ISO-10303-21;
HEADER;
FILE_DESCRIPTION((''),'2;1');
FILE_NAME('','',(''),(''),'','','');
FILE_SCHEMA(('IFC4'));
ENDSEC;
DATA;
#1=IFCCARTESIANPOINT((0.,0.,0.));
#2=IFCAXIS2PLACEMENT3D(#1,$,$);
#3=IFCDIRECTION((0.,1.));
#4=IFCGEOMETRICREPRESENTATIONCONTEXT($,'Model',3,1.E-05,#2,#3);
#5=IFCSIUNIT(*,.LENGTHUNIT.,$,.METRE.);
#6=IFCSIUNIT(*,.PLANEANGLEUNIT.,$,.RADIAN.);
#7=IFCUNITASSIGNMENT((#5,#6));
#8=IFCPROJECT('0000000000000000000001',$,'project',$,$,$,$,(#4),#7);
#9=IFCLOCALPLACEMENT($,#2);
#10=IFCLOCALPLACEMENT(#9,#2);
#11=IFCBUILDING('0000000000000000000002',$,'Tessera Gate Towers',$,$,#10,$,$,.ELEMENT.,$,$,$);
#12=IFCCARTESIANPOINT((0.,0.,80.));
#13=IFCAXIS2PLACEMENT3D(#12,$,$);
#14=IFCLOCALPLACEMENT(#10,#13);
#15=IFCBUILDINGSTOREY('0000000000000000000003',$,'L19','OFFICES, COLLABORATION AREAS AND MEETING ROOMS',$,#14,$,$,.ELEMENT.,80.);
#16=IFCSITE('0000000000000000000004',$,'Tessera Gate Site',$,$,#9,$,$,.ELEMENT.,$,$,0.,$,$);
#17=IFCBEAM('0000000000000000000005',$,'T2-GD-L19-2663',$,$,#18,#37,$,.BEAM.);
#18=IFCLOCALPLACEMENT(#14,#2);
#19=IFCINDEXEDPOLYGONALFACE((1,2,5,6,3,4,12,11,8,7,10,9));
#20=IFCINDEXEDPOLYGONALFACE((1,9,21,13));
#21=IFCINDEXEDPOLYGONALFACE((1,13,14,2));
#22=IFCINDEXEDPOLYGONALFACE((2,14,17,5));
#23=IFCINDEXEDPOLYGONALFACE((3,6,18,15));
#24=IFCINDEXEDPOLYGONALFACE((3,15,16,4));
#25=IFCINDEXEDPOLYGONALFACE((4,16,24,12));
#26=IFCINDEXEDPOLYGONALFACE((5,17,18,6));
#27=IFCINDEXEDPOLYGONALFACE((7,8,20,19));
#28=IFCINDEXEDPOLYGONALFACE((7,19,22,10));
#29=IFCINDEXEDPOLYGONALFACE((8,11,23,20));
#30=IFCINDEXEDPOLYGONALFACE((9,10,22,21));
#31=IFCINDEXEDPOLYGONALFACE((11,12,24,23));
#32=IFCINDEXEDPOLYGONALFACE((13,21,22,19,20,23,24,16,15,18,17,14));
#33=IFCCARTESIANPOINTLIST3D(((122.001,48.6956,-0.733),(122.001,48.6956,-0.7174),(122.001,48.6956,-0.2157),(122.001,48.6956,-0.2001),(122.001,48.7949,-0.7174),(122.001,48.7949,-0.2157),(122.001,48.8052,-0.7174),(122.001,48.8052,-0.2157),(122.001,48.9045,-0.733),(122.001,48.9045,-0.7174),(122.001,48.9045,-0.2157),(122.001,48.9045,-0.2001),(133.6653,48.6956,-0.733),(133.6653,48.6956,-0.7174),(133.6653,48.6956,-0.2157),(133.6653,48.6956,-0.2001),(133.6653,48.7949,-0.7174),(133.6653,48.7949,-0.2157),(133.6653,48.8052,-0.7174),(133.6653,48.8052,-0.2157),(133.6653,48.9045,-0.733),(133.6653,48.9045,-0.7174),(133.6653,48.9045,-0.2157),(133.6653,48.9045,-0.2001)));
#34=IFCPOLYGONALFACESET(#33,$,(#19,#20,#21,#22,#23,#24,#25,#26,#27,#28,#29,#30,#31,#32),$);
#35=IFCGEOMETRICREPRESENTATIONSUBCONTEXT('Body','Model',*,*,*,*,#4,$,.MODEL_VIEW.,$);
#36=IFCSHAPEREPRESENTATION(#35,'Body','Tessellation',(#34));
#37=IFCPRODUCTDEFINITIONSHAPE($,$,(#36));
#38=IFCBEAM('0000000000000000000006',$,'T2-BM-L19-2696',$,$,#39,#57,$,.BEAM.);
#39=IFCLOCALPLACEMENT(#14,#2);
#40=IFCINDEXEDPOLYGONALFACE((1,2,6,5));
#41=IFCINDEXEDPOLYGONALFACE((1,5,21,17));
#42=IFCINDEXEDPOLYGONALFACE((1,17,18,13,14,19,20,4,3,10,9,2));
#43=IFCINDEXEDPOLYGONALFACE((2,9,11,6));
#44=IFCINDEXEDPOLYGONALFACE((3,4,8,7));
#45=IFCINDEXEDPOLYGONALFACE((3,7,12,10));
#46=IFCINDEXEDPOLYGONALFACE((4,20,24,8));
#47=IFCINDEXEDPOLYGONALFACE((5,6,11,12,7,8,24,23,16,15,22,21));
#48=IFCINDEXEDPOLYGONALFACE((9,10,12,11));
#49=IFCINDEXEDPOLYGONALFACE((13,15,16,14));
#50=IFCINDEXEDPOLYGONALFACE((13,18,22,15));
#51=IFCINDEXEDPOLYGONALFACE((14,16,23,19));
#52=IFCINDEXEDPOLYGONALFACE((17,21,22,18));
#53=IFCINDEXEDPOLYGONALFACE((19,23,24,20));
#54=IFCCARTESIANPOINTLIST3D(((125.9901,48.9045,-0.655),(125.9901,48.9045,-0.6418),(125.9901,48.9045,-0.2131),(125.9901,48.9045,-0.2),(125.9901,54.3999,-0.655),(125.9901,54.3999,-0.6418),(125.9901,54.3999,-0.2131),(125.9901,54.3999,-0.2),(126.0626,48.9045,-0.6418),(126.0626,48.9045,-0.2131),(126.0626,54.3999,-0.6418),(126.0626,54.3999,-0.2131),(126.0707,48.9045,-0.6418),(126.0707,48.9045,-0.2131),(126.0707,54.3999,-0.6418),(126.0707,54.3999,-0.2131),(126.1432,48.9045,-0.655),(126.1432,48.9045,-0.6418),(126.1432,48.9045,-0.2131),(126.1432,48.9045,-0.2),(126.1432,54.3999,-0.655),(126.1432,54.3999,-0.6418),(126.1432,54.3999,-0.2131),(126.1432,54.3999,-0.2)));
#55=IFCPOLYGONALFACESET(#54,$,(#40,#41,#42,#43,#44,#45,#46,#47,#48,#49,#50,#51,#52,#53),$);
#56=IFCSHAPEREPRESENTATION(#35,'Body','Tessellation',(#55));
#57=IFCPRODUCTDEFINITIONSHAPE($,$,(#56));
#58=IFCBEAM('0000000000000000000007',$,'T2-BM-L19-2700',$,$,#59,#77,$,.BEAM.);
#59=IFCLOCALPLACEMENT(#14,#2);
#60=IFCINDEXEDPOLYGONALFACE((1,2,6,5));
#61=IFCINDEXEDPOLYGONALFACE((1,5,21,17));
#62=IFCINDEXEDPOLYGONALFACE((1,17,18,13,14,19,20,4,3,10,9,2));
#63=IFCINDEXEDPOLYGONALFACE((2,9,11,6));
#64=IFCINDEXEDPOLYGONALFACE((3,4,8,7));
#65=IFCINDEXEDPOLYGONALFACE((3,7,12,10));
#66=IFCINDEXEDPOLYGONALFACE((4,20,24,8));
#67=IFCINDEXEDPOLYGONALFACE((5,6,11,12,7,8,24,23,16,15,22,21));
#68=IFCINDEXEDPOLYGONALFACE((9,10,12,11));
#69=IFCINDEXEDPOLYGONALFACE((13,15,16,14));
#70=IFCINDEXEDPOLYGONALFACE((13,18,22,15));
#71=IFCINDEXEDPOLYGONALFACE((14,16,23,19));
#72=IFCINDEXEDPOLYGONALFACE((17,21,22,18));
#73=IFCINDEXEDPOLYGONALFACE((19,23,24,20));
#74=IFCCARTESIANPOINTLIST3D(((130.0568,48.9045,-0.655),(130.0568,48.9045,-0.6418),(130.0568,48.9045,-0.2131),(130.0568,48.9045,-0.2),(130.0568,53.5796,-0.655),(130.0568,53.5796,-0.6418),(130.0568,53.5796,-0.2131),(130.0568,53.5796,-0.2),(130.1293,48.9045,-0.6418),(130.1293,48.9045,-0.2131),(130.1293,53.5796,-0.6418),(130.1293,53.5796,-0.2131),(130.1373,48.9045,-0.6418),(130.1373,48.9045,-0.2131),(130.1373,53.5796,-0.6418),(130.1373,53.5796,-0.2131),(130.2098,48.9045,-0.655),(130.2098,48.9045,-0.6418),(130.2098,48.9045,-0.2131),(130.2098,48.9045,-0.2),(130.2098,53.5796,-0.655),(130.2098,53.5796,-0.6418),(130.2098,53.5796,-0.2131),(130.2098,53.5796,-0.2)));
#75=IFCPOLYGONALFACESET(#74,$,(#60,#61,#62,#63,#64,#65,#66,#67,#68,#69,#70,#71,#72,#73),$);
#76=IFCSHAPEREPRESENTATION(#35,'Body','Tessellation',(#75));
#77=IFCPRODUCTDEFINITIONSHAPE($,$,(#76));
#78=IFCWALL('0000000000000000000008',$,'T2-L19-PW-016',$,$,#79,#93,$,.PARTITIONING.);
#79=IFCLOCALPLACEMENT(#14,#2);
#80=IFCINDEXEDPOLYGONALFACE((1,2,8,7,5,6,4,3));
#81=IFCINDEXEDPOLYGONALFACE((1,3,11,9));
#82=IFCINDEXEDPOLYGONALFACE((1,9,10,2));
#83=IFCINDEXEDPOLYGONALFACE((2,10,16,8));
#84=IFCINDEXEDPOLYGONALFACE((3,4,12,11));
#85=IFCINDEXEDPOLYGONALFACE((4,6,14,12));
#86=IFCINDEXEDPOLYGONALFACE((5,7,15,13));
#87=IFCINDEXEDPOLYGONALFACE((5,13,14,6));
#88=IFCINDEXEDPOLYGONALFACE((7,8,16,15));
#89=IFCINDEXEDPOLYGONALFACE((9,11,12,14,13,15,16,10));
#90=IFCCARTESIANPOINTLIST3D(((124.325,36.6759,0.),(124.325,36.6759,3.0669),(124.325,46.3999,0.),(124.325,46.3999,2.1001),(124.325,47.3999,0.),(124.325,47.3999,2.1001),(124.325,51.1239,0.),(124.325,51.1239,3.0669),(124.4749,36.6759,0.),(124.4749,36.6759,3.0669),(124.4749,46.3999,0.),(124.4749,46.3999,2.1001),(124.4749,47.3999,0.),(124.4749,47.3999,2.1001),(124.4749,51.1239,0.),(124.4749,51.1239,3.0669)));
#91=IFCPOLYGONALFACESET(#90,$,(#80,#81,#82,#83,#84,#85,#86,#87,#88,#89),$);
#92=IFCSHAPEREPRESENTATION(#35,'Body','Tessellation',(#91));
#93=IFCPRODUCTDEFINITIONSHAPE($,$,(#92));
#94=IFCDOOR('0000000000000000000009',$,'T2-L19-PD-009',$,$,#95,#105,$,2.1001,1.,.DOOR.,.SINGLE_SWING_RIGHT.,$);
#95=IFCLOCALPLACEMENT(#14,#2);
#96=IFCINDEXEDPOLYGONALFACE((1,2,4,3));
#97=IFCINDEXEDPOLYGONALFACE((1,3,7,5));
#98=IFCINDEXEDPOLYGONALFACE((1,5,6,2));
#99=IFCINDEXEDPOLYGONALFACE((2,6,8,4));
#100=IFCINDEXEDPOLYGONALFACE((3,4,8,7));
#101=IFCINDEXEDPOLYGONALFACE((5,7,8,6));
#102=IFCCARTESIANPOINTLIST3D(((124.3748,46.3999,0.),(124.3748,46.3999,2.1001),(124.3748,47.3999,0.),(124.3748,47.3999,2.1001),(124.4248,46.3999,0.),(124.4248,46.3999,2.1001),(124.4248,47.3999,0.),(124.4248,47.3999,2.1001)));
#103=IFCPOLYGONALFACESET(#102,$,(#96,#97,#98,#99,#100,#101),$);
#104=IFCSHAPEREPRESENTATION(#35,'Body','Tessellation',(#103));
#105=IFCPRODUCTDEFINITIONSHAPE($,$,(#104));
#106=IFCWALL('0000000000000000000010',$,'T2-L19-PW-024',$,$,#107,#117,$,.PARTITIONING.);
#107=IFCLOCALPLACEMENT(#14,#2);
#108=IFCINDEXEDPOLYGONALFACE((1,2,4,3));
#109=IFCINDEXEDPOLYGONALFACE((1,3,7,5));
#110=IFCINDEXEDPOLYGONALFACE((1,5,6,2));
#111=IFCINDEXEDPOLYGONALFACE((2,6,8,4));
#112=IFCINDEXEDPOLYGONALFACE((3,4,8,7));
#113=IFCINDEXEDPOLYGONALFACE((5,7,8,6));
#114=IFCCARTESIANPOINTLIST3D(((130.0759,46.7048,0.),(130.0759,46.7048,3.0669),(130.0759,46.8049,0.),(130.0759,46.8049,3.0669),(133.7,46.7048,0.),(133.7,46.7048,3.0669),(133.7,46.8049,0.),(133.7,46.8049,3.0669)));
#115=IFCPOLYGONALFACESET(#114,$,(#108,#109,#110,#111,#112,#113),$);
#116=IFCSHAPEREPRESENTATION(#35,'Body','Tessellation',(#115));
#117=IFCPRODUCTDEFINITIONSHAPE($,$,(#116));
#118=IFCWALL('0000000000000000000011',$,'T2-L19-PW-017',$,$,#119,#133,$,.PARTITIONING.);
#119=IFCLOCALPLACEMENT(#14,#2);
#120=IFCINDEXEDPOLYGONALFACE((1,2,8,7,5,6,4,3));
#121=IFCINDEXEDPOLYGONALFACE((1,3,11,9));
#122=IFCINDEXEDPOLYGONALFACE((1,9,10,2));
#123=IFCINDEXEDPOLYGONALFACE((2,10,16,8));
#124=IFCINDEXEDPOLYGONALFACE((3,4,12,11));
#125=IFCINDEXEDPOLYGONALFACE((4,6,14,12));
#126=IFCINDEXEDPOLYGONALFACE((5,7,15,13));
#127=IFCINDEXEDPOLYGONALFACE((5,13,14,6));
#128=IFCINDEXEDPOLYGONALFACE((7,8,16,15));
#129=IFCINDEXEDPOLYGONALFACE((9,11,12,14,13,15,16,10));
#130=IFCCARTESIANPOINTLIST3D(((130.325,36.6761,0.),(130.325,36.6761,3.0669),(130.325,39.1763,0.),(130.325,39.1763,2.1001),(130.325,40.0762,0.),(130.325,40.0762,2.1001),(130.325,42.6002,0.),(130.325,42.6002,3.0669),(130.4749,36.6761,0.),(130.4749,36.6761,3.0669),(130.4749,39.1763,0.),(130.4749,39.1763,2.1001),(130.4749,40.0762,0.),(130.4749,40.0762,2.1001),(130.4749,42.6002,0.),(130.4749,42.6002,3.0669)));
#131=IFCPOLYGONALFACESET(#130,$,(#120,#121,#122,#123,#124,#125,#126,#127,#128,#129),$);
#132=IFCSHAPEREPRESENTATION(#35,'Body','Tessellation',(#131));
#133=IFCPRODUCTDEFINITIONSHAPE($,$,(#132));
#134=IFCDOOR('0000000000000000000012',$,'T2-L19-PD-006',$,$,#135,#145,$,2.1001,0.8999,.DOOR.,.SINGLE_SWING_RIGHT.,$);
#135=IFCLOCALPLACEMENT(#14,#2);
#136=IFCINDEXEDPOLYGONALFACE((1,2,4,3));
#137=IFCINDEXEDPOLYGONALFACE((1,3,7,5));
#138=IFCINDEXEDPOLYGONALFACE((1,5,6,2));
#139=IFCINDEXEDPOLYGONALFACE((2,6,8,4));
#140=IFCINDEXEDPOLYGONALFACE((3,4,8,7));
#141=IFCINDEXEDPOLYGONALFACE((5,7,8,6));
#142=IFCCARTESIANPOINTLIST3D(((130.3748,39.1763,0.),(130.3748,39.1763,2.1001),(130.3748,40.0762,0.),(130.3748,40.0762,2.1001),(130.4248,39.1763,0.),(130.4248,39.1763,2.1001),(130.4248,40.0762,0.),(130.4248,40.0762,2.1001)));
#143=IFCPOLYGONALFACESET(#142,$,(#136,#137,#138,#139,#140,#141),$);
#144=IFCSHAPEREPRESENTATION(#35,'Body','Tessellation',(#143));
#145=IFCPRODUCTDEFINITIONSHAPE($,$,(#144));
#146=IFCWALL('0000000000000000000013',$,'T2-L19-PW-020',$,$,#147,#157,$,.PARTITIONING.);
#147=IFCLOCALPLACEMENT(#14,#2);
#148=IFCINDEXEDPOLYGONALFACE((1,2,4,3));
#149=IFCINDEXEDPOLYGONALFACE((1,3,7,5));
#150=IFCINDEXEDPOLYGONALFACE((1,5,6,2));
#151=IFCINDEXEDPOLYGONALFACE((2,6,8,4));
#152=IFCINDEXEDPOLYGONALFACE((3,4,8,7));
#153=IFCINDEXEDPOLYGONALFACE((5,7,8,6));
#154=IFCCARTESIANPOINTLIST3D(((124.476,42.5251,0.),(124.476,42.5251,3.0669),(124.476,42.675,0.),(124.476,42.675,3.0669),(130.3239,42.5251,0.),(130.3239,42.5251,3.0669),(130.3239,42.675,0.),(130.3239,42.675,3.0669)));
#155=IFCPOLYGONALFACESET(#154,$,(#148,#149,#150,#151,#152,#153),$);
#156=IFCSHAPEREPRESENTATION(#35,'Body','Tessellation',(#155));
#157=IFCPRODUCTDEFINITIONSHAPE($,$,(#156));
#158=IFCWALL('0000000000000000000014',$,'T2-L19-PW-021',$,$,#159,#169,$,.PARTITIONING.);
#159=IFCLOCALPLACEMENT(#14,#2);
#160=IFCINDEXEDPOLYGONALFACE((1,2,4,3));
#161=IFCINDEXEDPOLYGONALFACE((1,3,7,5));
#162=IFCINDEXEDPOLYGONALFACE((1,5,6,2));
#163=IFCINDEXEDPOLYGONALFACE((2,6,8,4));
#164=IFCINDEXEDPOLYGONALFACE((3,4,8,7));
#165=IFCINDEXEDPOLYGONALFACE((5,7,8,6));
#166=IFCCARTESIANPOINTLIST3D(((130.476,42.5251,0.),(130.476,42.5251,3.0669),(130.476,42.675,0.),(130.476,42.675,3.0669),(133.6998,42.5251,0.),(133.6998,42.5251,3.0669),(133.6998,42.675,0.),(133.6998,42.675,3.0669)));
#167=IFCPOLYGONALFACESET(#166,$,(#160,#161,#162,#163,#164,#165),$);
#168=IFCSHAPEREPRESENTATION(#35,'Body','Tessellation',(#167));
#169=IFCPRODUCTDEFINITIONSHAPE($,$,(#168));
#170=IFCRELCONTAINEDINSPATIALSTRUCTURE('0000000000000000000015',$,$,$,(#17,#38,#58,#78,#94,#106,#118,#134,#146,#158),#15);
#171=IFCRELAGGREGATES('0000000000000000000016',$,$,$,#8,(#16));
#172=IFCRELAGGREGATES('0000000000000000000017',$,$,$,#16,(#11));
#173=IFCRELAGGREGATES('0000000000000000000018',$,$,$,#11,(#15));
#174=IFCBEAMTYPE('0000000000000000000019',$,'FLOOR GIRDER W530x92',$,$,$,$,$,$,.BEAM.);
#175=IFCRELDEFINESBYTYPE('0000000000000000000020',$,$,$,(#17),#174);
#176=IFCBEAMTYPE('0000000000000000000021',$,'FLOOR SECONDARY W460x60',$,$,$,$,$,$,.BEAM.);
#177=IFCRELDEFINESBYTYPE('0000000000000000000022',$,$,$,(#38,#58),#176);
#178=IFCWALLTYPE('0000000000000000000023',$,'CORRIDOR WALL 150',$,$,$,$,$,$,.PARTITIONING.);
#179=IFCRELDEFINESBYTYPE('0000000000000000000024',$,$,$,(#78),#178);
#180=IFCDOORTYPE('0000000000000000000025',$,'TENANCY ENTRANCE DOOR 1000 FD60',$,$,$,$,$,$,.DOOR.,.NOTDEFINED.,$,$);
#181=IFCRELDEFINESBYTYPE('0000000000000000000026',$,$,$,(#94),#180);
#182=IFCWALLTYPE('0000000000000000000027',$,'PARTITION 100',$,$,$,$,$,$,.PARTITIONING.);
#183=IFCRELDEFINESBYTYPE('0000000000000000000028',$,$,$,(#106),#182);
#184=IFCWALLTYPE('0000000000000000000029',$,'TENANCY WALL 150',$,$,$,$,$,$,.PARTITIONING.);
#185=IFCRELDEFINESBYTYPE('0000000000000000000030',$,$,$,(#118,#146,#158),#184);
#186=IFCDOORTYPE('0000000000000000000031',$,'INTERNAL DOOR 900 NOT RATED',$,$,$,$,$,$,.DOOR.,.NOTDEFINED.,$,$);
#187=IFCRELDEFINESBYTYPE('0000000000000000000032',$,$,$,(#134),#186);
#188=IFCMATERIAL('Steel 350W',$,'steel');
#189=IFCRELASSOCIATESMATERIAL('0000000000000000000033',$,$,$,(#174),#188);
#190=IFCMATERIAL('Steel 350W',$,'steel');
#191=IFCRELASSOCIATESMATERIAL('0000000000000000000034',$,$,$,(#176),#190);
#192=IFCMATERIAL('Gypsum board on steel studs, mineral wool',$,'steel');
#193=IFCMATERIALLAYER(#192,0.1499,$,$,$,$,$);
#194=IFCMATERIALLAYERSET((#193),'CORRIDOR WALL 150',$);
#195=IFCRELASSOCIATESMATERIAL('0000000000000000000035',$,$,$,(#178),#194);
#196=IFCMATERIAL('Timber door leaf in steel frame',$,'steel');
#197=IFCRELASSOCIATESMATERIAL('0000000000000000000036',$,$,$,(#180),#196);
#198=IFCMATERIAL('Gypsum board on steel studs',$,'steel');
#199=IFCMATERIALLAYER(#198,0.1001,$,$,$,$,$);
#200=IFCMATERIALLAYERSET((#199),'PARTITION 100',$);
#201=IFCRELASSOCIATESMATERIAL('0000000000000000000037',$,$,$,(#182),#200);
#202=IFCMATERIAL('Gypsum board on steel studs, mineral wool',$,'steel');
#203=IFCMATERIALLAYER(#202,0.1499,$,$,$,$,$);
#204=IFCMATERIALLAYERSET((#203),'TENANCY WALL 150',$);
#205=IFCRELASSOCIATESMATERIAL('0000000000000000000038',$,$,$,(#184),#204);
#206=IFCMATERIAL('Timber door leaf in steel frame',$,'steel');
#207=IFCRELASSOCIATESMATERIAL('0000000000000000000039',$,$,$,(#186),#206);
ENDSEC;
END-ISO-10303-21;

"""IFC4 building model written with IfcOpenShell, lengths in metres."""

from ifc_helpers import new_model, si_unit, direction, frame, frame_2d, origin, origin_2d, place, context, subcontext, project, spatial, rectangle, i_section, extrude, source, transform, mapped, material, layer, layer_set, material_profile, profile_set, type_object, element, fill, save


model = new_model("IFC4")

# Units and contexts
model_context = context("Model", 3, precision=1e-05, world=origin(), true_north=direction((0.0, 1.0)))
body_context = subcontext(model_context, "Body", "Model", "MODEL_VIEW")
ifc_project = project(units=[si_unit("LENGTHUNIT", "METRE"), si_unit("PLANEANGLEUNIT", "RADIAN")], contexts=[model_context])

# Site, building, storey
site_placement = place(None, origin())
site = spatial("IfcSite", under=ifc_project, at=site_placement, Name="Tessera Gate Site", CompositionType="ELEMENT", RefElevation=0.0)
building_placement = place(site_placement, origin())
building = spatial("IfcBuilding", under=site, at=building_placement, Name="Tessera Gate Towers", CompositionType="ELEMENT")
storey_placement = place(building_placement, frame((0.0, 0.0, 80.0)))
storey = spatial("IfcBuildingStorey", under=building, at=storey_placement, Name="L19", Description="OFFICES, COLLABORATION AREAS AND MEETING ROOMS", CompositionType="ELEMENT", Elevation=80.0)

# Beams
ifc_material_1 = material(Name="Steel 350W", Category="steel")
ifc_material_profile_1 = material_profile(ifc_material_1, i_section(OverallWidth=0.209, OverallDepth=0.533, WebThickness=0.0103, FlangeThickness=0.0156, at=origin_2d()), Name="W530x92")
ifc_profile_set_1 = profile_set([ifc_material_profile_1], Name="Steel 350W")
beam_type_1 = type_object("IfcBeamType", Name="FLOOR GIRDER W530x92", PredefinedType="BEAM", material=ifc_profile_set_1)
beam_1_placement = place(storey_placement, frame((122.001, 48.8, -0.4666), z_axis=(1.0, 0.0, 0.0), x_axis=(0.0, 1.0, 0.0)))
element("IfcBeam", 1, at=beam_1_placement, inside=storey, type_object=beam_type_1, Name="T2-GD-L19-2663", PredefinedType="BEAM", context=body_context, shape_type="SweptSolid", body=[
    extrude(i_section(OverallWidth=0.209, OverallDepth=0.533, WebThickness=0.0103, FlangeThickness=0.0156, at=origin_2d()), origin(), (0.0, 0.0, 1.0), 11.6643),
])
ifc_material_2 = material(Name="Steel 350W", Category="steel")
ifc_material_profile_2 = material_profile(ifc_material_2, i_section(OverallWidth=0.1531, OverallDepth=0.4551, WebThickness=0.0081, FlangeThickness=0.0132, at=origin_2d()), Name="W460x60")
ifc_profile_set_2 = profile_set([ifc_material_profile_2], Name="Steel 350W")
beam_type_2 = type_object("IfcBeamType", Name="FLOOR SECONDARY W460x60", PredefinedType="BEAM", material=ifc_profile_set_2)
beam_2_placement = place(storey_placement, frame((126.0667, 48.9045, -0.4275), z_axis=(0.0, 1.0, 0.0), x_axis=(-1.0, 0.0, 0.0)))
element("IfcBeam", 2, at=beam_2_placement, inside=storey, type_object=beam_type_2, Name="T2-BM-L19-2696", PredefinedType="BEAM", context=body_context, shape_type="SweptSolid", body=[
    extrude(i_section(OverallWidth=0.1531, OverallDepth=0.4551, WebThickness=0.0081, FlangeThickness=0.0132, at=origin_2d()), origin(), (0.0, 0.0, 1.0), 5.4954),
])
beam_3_placement = place(storey_placement, frame((130.1333, 48.9045, -0.4275), z_axis=(0.0, 1.0, 0.0), x_axis=(-1.0, 0.0, 0.0)))
element("IfcBeam", 3, at=beam_3_placement, inside=storey, type_object=beam_type_2, Name="T2-BM-L19-2700", PredefinedType="BEAM", context=body_context, shape_type="SweptSolid", body=[
    extrude(i_section(OverallWidth=0.1531, OverallDepth=0.4551, WebThickness=0.0081, FlangeThickness=0.0132, at=origin_2d()), origin(), (0.0, 0.0, 1.0), 4.675),
])

# Wall, opening, door
ifc_material_3 = material(Name="Gypsum board on steel studs, mineral wool", Category="steel")
ifc_layer_1 = layer(ifc_material_3, 0.1499)
ifc_layer_set_1 = layer_set([ifc_layer_1], Name="CORRIDOR WALL 150")
wall_type_1 = type_object("IfcWallType", Name="CORRIDOR WALL 150", PredefinedType="PARTITIONING", material=ifc_layer_set_1)
wall_1_placement = place(storey_placement, frame((124.3999, 51.124, 0.0), z_axis=(0.0, 0.0, 1.0), x_axis=(0.0, -1.0, 0.0)))
wall_1 = element("IfcWall", 4, at=wall_1_placement, inside=storey, type_object=wall_type_1, Name="T2-L19-PW-016", PredefinedType="PARTITIONING", context=body_context, shape_type="SweptSolid", body=[
    extrude(rectangle(XDim=14.448, YDim=0.1499, at=frame_2d((7.2241, 0.0))), origin(), (0.0, 0.0, 1.0), 3.0669),
])
shared_shape_1 = source(origin(), body_context, "Body", "SweptSolid", [
    extrude(rectangle(XDim=1.0, YDim=2.1001, at=frame_2d((0.5, 1.05))), frame((0.0, 0.085, 0.0), z_axis=(0.0, -1.0, 0.0), x_axis=(1.0, 0.0, 0.0)), (0.0, 0.0, 1.0), 0.1699),
])
opening_1_placement = place(wall_1_placement, frame((3.7241, 0.0, 0.0)))
opening_1 = element("IfcOpeningElement", 5, at=opening_1_placement, cuts=wall_1, PredefinedType="OPENING", context=body_context, shape_type="MappedRepresentation", body=[
    mapped(shared_shape_1, transform((0.0, 0.0, 0.0), scale=1.0)),
])
ifc_material_4 = material(Name="Timber door leaf in steel frame", Category="steel")
door_type_1 = type_object("IfcDoorType", Name="TENANCY ENTRANCE DOOR 1000 FD60", OperationType="NOTDEFINED", PredefinedType="DOOR", material=ifc_material_4)
shared_shape_2 = source(origin(), body_context, "Body", "SweptSolid", [
    extrude(rectangle(XDim=1.0, YDim=2.1001, at=frame_2d((0.5, 1.05))), frame((0.0, 0.0249, 0.0), z_axis=(0.0, -1.0, 0.0), x_axis=(1.0, 0.0, 0.0)), (0.0, 0.0, 1.0), 0.05),
])
door_1_placement = place(opening_1_placement, origin())
door_1 = element("IfcDoor", 6, at=door_1_placement, inside=storey, type_object=door_type_1, Name="T2-L19-PD-009", OperationType="SINGLE_SWING_RIGHT", OverallHeight=2.1001, OverallWidth=1.0, PredefinedType="DOOR", context=body_context, shape_type="MappedRepresentation", body=[
    mapped(shared_shape_2, transform((0.0, 0.0, 0.0), scale=1.0)),
])
fill(opening_1, door_1)

# Wall
ifc_material_5 = material(Name="Gypsum board on steel studs", Category="steel")
ifc_layer_2 = layer(ifc_material_5, 0.1001)
ifc_layer_set_2 = layer_set([ifc_layer_2], Name="PARTITION 100")
wall_type_2 = type_object("IfcWallType", Name="PARTITION 100", PredefinedType="PARTITIONING", material=ifc_layer_set_2)
wall_2_placement = place(storey_placement, frame((130.0759, 46.7549, 0.0), z_axis=(0.0, 0.0, 1.0), x_axis=(1.0, 0.0, 0.0)))
element("IfcWall", 7, at=wall_2_placement, inside=storey, type_object=wall_type_2, Name="T2-L19-PW-024", PredefinedType="PARTITIONING", context=body_context, shape_type="SweptSolid", body=[
    extrude(rectangle(XDim=3.624, YDim=0.1001, at=frame_2d((1.812, 0.0))), origin(), (0.0, 0.0, 1.0), 3.0669),
])

# Wall, opening, door
ifc_material_6 = material(Name="Gypsum board on steel studs, mineral wool", Category="steel")
ifc_layer_3 = layer(ifc_material_6, 0.1499)
ifc_layer_set_3 = layer_set([ifc_layer_3], Name="TENANCY WALL 150")
wall_type_3 = type_object("IfcWallType", Name="TENANCY WALL 150", PredefinedType="PARTITIONING", material=ifc_layer_set_3)
wall_3_placement = place(storey_placement, frame((130.3999, 42.6001, 0.0), z_axis=(0.0, 0.0, 1.0), x_axis=(0.0, -1.0, 0.0)))
wall_3 = element("IfcWall", 8, at=wall_3_placement, inside=storey, type_object=wall_type_3, Name="T2-L19-PW-017", PredefinedType="PARTITIONING", context=body_context, shape_type="SweptSolid", body=[
    extrude(rectangle(XDim=5.9241, YDim=0.1499, at=frame_2d((2.9619, 0.0))), origin(), (0.0, 0.0, 1.0), 3.0669),
])
shared_shape_3 = source(origin(), body_context, "Body", "SweptSolid", [
    extrude(rectangle(XDim=0.8999, YDim=2.1001, at=frame_2d((0.45, 1.05))), frame((0.0, 0.085, 0.0), z_axis=(0.0, -1.0, 0.0), x_axis=(1.0, 0.0, 0.0)), (0.0, 0.0, 1.0), 0.1699),
])
opening_2_placement = place(wall_3_placement, frame((2.5239, 0.0, 0.0)))
opening_2 = element("IfcOpeningElement", 9, at=opening_2_placement, cuts=wall_3, PredefinedType="OPENING", context=body_context, shape_type="MappedRepresentation", body=[
    mapped(shared_shape_3, transform((0.0, 0.0, 0.0), scale=1.0)),
])
ifc_material_7 = material(Name="Timber door leaf in steel frame", Category="steel")
door_type_2 = type_object("IfcDoorType", Name="INTERNAL DOOR 900 NOT RATED", OperationType="NOTDEFINED", PredefinedType="DOOR", material=ifc_material_7)
shared_shape_4 = source(origin(), body_context, "Body", "SweptSolid", [
    extrude(rectangle(XDim=0.8999, YDim=2.1001, at=frame_2d((0.45, 1.05))), frame((0.0, 0.0249, 0.0), z_axis=(0.0, -1.0, 0.0), x_axis=(1.0, 0.0, 0.0)), (0.0, 0.0, 1.0), 0.05),
])
door_2_placement = place(opening_2_placement, origin())
door_2 = element("IfcDoor", 10, at=door_2_placement, inside=storey, type_object=door_type_2, Name="T2-L19-PD-006", OperationType="SINGLE_SWING_RIGHT", OverallHeight=2.1001, OverallWidth=0.8999, PredefinedType="DOOR", context=body_context, shape_type="MappedRepresentation", body=[
    mapped(shared_shape_4, transform((0.0, 0.0, 0.0), scale=1.0)),
])
fill(opening_2, door_2)

# Walls
wall_4_placement = place(storey_placement, frame((124.4761, 42.6001, 0.0), z_axis=(0.0, 0.0, 1.0), x_axis=(1.0, 0.0, 0.0)))
element("IfcWall", 11, at=wall_4_placement, inside=storey, type_object=wall_type_3, Name="T2-L19-PW-020", PredefinedType="PARTITIONING", context=body_context, shape_type="SweptSolid", body=[
    extrude(rectangle(XDim=5.8479, YDim=0.1499, at=frame_2d((2.9238, 0.0))), origin(), (0.0, 0.0, 1.0), 3.0669),
])
wall_5_placement = place(storey_placement, frame((130.4761, 42.6001, 0.0), z_axis=(0.0, 0.0, 1.0), x_axis=(1.0, 0.0, 0.0)))
element("IfcWall", 12, at=wall_5_placement, inside=storey, type_object=wall_type_3, Name="T2-L19-PW-021", PredefinedType="PARTITIONING", context=body_context, shape_type="SweptSolid", body=[
    extrude(rectangle(XDim=3.2239, YDim=0.1499, at=frame_2d((1.6118, 0.0))), origin(), (0.0, 0.0, 1.0), 3.0669),
])

save(model, "model.ifc")
